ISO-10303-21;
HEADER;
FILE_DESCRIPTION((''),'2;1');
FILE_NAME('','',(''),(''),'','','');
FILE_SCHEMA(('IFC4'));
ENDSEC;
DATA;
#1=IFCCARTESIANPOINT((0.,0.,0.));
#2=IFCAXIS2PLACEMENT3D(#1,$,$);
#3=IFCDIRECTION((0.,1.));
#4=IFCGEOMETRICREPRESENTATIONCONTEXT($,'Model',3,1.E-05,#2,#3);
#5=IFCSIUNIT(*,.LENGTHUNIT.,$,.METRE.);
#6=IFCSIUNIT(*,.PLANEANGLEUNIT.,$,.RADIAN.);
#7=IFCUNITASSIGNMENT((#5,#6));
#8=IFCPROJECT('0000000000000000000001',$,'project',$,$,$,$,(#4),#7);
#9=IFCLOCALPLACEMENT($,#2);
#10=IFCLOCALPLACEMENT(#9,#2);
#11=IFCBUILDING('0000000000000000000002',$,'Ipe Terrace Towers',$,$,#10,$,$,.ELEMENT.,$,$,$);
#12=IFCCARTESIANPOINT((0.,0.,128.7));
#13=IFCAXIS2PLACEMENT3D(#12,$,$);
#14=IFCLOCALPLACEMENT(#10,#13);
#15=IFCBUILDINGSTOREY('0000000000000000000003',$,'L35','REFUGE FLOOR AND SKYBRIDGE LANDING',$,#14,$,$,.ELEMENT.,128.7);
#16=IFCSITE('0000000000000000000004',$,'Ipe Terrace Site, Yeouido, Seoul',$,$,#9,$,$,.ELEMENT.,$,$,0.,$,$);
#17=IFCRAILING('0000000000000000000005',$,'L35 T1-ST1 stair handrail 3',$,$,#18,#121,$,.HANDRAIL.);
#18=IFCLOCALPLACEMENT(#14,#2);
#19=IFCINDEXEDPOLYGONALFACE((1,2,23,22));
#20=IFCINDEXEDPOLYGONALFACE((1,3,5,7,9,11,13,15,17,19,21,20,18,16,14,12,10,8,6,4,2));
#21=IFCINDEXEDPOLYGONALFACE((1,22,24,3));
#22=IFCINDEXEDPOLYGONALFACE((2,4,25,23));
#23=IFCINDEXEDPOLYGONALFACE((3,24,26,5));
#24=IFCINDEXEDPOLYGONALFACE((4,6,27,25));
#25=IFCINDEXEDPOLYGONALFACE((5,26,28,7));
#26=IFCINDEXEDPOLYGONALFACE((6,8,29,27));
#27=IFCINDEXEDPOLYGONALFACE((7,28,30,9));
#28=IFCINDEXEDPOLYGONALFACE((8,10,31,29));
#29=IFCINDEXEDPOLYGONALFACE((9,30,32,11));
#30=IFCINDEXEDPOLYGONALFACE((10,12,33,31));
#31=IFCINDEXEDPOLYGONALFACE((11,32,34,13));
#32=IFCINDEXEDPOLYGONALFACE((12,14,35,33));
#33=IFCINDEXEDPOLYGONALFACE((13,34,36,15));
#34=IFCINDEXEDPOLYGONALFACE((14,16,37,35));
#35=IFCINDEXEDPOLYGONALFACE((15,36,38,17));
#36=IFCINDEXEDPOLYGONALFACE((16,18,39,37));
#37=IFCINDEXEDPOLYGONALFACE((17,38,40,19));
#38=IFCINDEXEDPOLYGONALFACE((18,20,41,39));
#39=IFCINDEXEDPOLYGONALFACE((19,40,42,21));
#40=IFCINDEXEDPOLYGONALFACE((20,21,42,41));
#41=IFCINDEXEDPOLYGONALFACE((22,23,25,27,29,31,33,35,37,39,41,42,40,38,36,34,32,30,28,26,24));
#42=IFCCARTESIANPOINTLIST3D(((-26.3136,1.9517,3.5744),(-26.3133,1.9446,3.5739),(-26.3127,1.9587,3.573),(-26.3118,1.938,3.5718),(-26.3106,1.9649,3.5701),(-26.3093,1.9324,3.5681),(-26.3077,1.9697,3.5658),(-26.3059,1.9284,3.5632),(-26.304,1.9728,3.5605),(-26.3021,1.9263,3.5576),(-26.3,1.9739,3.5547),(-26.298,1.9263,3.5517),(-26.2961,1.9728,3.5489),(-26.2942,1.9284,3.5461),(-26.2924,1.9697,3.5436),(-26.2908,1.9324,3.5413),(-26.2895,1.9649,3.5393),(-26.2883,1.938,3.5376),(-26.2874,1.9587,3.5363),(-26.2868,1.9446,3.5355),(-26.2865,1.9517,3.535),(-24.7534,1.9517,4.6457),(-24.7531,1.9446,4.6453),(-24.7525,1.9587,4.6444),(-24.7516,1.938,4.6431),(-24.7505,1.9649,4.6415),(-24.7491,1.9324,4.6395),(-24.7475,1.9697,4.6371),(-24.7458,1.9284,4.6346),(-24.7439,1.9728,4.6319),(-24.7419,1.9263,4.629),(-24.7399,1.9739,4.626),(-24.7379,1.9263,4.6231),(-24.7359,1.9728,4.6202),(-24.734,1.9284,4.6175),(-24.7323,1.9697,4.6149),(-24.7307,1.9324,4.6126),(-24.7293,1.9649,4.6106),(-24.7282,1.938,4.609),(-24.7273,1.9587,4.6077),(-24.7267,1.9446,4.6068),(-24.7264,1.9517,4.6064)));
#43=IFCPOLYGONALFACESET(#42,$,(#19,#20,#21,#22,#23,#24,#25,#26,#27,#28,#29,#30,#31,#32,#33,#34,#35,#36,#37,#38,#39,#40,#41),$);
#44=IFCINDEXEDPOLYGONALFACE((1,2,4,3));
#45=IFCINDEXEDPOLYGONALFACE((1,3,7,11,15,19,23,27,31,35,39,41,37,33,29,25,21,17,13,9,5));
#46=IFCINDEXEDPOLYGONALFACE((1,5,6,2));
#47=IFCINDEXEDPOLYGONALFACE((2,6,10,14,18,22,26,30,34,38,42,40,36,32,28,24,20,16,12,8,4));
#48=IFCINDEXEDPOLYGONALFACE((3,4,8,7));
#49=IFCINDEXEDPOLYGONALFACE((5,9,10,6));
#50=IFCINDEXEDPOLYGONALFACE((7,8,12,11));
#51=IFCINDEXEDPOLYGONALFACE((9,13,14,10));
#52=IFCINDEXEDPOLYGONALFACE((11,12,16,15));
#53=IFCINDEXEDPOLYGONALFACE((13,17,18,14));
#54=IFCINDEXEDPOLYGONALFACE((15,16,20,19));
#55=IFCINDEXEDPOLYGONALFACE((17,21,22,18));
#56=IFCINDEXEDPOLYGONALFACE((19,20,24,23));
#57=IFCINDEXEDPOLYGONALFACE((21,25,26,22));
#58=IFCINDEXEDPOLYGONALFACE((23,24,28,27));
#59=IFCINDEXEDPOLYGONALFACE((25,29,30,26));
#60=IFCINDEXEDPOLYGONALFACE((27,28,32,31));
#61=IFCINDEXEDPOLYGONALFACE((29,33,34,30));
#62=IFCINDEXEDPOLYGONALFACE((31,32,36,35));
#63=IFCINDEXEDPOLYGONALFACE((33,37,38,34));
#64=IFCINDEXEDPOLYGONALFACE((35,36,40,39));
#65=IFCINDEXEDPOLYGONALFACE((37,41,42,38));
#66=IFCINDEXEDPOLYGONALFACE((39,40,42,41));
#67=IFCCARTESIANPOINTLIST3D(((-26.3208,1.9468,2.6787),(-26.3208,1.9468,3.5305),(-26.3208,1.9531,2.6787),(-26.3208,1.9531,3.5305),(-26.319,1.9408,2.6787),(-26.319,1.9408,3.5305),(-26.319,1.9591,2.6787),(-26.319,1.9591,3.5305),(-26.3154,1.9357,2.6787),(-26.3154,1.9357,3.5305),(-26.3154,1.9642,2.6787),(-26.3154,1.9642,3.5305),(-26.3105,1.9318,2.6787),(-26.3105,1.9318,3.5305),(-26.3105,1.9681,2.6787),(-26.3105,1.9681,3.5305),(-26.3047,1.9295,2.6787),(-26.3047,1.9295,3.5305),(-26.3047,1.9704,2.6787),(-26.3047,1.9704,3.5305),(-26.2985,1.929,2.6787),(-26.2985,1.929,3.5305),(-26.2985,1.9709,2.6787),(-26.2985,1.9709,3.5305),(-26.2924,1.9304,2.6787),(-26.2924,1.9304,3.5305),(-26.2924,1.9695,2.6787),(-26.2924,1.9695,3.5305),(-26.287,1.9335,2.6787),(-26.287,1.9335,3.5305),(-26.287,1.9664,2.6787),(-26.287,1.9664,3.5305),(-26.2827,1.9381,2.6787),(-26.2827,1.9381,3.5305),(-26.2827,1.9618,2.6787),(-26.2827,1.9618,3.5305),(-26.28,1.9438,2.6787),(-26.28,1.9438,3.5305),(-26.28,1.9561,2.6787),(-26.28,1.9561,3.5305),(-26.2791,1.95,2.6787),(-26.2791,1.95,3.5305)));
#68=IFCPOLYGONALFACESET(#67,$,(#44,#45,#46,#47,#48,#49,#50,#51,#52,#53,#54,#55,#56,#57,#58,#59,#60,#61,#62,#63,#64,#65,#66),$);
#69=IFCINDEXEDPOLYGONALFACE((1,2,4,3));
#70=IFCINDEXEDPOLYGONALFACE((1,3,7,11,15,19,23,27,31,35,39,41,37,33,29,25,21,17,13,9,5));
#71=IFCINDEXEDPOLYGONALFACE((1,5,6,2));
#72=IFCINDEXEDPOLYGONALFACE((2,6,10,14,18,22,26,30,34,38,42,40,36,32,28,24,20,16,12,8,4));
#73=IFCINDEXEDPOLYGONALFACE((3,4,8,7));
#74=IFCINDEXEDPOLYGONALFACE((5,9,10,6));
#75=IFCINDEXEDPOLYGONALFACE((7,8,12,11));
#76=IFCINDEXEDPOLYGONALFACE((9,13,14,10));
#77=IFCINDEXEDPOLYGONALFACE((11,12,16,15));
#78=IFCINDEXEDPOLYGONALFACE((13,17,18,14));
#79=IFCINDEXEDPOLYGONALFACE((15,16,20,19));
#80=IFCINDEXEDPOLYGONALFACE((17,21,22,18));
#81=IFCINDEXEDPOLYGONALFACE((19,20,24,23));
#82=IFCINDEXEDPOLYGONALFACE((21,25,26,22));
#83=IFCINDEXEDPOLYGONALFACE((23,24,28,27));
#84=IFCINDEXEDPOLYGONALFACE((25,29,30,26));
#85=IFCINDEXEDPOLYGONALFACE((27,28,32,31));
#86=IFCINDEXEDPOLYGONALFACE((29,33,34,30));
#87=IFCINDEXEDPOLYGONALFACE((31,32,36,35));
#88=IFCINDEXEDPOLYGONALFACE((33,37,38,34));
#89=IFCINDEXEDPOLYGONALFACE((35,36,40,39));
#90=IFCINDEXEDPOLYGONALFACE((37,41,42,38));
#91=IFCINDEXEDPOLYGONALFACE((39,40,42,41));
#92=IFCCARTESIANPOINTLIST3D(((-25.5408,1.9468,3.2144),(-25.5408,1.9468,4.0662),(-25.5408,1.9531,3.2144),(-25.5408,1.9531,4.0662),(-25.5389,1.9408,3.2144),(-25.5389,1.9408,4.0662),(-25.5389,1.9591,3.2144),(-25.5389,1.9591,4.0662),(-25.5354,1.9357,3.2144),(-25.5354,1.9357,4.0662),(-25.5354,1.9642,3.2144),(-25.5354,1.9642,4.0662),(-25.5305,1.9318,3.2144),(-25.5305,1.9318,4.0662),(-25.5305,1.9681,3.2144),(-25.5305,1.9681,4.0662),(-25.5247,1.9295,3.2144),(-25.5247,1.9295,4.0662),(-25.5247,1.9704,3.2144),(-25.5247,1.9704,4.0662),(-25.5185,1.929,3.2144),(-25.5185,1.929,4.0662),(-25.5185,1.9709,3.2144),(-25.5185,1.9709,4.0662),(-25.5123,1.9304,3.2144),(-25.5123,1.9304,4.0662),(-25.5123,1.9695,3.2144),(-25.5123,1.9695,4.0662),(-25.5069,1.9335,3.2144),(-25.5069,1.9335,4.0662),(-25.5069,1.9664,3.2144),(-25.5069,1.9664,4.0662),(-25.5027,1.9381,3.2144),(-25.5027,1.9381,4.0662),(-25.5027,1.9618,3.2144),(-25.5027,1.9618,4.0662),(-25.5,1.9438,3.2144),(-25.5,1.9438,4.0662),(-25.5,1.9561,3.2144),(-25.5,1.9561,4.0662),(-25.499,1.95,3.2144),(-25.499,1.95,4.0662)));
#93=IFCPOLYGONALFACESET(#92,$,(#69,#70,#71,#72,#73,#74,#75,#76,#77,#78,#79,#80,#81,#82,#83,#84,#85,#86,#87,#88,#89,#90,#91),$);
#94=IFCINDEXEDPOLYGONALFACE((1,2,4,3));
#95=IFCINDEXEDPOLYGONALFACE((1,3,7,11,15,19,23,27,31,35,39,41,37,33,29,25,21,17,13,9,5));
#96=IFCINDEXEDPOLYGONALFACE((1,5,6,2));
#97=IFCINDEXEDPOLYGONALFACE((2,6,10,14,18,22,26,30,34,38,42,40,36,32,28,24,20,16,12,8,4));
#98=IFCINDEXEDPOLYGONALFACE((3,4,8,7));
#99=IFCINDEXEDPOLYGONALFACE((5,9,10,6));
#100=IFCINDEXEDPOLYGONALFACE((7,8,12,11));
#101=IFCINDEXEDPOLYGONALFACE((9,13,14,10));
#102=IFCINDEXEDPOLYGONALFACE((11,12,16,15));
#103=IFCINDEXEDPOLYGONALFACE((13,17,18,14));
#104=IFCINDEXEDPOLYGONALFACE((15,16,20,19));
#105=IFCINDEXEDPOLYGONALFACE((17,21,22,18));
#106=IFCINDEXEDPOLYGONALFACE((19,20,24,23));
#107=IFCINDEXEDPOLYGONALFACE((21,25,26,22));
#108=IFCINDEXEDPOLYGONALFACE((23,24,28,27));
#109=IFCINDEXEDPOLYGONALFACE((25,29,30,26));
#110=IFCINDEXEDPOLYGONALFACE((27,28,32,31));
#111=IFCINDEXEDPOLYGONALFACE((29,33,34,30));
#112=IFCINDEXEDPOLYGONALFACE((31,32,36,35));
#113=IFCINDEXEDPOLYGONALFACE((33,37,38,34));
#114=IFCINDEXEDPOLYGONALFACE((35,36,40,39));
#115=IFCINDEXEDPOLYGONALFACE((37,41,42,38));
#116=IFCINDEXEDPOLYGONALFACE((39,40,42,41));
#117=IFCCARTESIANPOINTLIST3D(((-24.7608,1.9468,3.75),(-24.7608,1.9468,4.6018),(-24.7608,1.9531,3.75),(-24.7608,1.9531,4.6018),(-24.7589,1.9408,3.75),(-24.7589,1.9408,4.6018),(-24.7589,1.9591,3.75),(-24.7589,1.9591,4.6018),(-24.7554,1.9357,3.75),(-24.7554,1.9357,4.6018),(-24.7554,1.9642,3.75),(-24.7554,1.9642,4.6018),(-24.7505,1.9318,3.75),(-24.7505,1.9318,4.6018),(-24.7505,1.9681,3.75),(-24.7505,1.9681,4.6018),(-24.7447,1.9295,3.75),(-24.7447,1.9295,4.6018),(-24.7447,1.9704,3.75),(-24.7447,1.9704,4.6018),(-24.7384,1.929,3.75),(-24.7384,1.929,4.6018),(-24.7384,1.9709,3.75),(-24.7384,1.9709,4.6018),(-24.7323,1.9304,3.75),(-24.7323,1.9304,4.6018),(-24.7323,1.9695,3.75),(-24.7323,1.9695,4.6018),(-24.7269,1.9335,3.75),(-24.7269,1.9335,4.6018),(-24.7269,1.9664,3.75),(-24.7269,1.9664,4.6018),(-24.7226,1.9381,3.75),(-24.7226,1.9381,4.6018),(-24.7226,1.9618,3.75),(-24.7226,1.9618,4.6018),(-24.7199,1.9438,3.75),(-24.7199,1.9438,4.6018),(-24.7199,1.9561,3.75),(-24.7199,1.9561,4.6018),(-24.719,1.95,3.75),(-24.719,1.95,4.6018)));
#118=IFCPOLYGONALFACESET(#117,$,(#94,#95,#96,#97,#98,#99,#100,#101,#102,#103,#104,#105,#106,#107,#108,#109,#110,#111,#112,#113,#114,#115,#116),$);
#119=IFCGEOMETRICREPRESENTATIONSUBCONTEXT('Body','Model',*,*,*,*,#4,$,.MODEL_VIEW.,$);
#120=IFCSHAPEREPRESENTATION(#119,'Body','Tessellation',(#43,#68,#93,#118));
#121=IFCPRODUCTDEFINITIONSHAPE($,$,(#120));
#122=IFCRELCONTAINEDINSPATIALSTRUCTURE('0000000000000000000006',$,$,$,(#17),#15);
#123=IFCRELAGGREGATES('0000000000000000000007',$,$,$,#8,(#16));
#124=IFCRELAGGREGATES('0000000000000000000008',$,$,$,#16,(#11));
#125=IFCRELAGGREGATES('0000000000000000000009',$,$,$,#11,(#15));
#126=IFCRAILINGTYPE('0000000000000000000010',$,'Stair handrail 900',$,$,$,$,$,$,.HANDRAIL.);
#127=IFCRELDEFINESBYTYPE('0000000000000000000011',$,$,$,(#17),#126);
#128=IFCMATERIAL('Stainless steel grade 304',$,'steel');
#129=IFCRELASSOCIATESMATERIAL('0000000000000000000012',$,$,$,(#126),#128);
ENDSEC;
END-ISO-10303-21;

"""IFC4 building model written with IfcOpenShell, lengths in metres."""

from ifc_helpers import new_model, si_unit, direction, frame, origin, origin_2d, place, context, subcontext, project, spatial, circle, extrude, material, type_object, element, save


model = new_model("IFC4")

# Units and contexts
model_context = context("Model", 3, precision=1e-05, world=origin(), true_north=direction((0.0, 1.0)))
body_context = subcontext(model_context, "Body", "Model", "MODEL_VIEW")
ifc_project = project(units=[si_unit("LENGTHUNIT", "METRE"), si_unit("PLANEANGLEUNIT", "RADIAN")], contexts=[model_context])

# Site, building, storey
site_placement = place(None, origin())
site = spatial("IfcSite", under=ifc_project, at=site_placement, Name="Ipe Terrace Site, Yeouido, Seoul", CompositionType="ELEMENT", RefElevation=0.0)
building_placement = place(site_placement, origin())
building = spatial("IfcBuilding", under=site, at=building_placement, Name="Ipe Terrace Towers", CompositionType="ELEMENT")
storey_placement = place(building_placement, frame((0.0, 0.0, 128.7)))
storey = spatial("IfcBuildingStorey", under=building, at=storey_placement, Name="L35", Description="REFUGE FLOOR AND SKYBRIDGE LANDING", CompositionType="ELEMENT", Elevation=128.7)

# Railing
ifc_material_1 = material(Name="Stainless steel grade 304", Category="steel")
railing_type_1 = type_object("IfcRailingType", Name="Stair handrail 900", PredefinedType="HANDRAIL", material=ifc_material_1)
railing_1_placement = place(storey_placement, frame((-26.3, 1.95, 2.6787)))
element("IfcRailing", 1, at=railing_1_placement, inside=storey, type_object=railing_type_1, Name="L35 T1-ST1 stair handrail 3", PredefinedType="HANDRAIL", context=body_context, shape_type="SweptSolid", body=[
    extrude(circle(Radius=0.0239, at=origin_2d()), frame((0.0, 0.0, 0.876), z_axis=(0.82435, 0.0, 0.56608), x_axis=(0.0, 1.0, 0.0)), (0.0, 0.0, 1.0), 1.8926),
    extrude(circle(Radius=0.021, at=origin_2d()), origin(), (0.0, 0.0, 1.0), 0.8518),
    extrude(circle(Radius=0.021, at=origin_2d()), frame((0.78, 0.0, 0.5356)), (0.0, 0.0, 1.0), 0.8518),
    extrude(circle(Radius=0.021, at=origin_2d()), frame((1.5601, 0.0, 1.0713)), (0.0, 0.0, 1.0), 0.8518),
])

save(model, "model.ifc")
